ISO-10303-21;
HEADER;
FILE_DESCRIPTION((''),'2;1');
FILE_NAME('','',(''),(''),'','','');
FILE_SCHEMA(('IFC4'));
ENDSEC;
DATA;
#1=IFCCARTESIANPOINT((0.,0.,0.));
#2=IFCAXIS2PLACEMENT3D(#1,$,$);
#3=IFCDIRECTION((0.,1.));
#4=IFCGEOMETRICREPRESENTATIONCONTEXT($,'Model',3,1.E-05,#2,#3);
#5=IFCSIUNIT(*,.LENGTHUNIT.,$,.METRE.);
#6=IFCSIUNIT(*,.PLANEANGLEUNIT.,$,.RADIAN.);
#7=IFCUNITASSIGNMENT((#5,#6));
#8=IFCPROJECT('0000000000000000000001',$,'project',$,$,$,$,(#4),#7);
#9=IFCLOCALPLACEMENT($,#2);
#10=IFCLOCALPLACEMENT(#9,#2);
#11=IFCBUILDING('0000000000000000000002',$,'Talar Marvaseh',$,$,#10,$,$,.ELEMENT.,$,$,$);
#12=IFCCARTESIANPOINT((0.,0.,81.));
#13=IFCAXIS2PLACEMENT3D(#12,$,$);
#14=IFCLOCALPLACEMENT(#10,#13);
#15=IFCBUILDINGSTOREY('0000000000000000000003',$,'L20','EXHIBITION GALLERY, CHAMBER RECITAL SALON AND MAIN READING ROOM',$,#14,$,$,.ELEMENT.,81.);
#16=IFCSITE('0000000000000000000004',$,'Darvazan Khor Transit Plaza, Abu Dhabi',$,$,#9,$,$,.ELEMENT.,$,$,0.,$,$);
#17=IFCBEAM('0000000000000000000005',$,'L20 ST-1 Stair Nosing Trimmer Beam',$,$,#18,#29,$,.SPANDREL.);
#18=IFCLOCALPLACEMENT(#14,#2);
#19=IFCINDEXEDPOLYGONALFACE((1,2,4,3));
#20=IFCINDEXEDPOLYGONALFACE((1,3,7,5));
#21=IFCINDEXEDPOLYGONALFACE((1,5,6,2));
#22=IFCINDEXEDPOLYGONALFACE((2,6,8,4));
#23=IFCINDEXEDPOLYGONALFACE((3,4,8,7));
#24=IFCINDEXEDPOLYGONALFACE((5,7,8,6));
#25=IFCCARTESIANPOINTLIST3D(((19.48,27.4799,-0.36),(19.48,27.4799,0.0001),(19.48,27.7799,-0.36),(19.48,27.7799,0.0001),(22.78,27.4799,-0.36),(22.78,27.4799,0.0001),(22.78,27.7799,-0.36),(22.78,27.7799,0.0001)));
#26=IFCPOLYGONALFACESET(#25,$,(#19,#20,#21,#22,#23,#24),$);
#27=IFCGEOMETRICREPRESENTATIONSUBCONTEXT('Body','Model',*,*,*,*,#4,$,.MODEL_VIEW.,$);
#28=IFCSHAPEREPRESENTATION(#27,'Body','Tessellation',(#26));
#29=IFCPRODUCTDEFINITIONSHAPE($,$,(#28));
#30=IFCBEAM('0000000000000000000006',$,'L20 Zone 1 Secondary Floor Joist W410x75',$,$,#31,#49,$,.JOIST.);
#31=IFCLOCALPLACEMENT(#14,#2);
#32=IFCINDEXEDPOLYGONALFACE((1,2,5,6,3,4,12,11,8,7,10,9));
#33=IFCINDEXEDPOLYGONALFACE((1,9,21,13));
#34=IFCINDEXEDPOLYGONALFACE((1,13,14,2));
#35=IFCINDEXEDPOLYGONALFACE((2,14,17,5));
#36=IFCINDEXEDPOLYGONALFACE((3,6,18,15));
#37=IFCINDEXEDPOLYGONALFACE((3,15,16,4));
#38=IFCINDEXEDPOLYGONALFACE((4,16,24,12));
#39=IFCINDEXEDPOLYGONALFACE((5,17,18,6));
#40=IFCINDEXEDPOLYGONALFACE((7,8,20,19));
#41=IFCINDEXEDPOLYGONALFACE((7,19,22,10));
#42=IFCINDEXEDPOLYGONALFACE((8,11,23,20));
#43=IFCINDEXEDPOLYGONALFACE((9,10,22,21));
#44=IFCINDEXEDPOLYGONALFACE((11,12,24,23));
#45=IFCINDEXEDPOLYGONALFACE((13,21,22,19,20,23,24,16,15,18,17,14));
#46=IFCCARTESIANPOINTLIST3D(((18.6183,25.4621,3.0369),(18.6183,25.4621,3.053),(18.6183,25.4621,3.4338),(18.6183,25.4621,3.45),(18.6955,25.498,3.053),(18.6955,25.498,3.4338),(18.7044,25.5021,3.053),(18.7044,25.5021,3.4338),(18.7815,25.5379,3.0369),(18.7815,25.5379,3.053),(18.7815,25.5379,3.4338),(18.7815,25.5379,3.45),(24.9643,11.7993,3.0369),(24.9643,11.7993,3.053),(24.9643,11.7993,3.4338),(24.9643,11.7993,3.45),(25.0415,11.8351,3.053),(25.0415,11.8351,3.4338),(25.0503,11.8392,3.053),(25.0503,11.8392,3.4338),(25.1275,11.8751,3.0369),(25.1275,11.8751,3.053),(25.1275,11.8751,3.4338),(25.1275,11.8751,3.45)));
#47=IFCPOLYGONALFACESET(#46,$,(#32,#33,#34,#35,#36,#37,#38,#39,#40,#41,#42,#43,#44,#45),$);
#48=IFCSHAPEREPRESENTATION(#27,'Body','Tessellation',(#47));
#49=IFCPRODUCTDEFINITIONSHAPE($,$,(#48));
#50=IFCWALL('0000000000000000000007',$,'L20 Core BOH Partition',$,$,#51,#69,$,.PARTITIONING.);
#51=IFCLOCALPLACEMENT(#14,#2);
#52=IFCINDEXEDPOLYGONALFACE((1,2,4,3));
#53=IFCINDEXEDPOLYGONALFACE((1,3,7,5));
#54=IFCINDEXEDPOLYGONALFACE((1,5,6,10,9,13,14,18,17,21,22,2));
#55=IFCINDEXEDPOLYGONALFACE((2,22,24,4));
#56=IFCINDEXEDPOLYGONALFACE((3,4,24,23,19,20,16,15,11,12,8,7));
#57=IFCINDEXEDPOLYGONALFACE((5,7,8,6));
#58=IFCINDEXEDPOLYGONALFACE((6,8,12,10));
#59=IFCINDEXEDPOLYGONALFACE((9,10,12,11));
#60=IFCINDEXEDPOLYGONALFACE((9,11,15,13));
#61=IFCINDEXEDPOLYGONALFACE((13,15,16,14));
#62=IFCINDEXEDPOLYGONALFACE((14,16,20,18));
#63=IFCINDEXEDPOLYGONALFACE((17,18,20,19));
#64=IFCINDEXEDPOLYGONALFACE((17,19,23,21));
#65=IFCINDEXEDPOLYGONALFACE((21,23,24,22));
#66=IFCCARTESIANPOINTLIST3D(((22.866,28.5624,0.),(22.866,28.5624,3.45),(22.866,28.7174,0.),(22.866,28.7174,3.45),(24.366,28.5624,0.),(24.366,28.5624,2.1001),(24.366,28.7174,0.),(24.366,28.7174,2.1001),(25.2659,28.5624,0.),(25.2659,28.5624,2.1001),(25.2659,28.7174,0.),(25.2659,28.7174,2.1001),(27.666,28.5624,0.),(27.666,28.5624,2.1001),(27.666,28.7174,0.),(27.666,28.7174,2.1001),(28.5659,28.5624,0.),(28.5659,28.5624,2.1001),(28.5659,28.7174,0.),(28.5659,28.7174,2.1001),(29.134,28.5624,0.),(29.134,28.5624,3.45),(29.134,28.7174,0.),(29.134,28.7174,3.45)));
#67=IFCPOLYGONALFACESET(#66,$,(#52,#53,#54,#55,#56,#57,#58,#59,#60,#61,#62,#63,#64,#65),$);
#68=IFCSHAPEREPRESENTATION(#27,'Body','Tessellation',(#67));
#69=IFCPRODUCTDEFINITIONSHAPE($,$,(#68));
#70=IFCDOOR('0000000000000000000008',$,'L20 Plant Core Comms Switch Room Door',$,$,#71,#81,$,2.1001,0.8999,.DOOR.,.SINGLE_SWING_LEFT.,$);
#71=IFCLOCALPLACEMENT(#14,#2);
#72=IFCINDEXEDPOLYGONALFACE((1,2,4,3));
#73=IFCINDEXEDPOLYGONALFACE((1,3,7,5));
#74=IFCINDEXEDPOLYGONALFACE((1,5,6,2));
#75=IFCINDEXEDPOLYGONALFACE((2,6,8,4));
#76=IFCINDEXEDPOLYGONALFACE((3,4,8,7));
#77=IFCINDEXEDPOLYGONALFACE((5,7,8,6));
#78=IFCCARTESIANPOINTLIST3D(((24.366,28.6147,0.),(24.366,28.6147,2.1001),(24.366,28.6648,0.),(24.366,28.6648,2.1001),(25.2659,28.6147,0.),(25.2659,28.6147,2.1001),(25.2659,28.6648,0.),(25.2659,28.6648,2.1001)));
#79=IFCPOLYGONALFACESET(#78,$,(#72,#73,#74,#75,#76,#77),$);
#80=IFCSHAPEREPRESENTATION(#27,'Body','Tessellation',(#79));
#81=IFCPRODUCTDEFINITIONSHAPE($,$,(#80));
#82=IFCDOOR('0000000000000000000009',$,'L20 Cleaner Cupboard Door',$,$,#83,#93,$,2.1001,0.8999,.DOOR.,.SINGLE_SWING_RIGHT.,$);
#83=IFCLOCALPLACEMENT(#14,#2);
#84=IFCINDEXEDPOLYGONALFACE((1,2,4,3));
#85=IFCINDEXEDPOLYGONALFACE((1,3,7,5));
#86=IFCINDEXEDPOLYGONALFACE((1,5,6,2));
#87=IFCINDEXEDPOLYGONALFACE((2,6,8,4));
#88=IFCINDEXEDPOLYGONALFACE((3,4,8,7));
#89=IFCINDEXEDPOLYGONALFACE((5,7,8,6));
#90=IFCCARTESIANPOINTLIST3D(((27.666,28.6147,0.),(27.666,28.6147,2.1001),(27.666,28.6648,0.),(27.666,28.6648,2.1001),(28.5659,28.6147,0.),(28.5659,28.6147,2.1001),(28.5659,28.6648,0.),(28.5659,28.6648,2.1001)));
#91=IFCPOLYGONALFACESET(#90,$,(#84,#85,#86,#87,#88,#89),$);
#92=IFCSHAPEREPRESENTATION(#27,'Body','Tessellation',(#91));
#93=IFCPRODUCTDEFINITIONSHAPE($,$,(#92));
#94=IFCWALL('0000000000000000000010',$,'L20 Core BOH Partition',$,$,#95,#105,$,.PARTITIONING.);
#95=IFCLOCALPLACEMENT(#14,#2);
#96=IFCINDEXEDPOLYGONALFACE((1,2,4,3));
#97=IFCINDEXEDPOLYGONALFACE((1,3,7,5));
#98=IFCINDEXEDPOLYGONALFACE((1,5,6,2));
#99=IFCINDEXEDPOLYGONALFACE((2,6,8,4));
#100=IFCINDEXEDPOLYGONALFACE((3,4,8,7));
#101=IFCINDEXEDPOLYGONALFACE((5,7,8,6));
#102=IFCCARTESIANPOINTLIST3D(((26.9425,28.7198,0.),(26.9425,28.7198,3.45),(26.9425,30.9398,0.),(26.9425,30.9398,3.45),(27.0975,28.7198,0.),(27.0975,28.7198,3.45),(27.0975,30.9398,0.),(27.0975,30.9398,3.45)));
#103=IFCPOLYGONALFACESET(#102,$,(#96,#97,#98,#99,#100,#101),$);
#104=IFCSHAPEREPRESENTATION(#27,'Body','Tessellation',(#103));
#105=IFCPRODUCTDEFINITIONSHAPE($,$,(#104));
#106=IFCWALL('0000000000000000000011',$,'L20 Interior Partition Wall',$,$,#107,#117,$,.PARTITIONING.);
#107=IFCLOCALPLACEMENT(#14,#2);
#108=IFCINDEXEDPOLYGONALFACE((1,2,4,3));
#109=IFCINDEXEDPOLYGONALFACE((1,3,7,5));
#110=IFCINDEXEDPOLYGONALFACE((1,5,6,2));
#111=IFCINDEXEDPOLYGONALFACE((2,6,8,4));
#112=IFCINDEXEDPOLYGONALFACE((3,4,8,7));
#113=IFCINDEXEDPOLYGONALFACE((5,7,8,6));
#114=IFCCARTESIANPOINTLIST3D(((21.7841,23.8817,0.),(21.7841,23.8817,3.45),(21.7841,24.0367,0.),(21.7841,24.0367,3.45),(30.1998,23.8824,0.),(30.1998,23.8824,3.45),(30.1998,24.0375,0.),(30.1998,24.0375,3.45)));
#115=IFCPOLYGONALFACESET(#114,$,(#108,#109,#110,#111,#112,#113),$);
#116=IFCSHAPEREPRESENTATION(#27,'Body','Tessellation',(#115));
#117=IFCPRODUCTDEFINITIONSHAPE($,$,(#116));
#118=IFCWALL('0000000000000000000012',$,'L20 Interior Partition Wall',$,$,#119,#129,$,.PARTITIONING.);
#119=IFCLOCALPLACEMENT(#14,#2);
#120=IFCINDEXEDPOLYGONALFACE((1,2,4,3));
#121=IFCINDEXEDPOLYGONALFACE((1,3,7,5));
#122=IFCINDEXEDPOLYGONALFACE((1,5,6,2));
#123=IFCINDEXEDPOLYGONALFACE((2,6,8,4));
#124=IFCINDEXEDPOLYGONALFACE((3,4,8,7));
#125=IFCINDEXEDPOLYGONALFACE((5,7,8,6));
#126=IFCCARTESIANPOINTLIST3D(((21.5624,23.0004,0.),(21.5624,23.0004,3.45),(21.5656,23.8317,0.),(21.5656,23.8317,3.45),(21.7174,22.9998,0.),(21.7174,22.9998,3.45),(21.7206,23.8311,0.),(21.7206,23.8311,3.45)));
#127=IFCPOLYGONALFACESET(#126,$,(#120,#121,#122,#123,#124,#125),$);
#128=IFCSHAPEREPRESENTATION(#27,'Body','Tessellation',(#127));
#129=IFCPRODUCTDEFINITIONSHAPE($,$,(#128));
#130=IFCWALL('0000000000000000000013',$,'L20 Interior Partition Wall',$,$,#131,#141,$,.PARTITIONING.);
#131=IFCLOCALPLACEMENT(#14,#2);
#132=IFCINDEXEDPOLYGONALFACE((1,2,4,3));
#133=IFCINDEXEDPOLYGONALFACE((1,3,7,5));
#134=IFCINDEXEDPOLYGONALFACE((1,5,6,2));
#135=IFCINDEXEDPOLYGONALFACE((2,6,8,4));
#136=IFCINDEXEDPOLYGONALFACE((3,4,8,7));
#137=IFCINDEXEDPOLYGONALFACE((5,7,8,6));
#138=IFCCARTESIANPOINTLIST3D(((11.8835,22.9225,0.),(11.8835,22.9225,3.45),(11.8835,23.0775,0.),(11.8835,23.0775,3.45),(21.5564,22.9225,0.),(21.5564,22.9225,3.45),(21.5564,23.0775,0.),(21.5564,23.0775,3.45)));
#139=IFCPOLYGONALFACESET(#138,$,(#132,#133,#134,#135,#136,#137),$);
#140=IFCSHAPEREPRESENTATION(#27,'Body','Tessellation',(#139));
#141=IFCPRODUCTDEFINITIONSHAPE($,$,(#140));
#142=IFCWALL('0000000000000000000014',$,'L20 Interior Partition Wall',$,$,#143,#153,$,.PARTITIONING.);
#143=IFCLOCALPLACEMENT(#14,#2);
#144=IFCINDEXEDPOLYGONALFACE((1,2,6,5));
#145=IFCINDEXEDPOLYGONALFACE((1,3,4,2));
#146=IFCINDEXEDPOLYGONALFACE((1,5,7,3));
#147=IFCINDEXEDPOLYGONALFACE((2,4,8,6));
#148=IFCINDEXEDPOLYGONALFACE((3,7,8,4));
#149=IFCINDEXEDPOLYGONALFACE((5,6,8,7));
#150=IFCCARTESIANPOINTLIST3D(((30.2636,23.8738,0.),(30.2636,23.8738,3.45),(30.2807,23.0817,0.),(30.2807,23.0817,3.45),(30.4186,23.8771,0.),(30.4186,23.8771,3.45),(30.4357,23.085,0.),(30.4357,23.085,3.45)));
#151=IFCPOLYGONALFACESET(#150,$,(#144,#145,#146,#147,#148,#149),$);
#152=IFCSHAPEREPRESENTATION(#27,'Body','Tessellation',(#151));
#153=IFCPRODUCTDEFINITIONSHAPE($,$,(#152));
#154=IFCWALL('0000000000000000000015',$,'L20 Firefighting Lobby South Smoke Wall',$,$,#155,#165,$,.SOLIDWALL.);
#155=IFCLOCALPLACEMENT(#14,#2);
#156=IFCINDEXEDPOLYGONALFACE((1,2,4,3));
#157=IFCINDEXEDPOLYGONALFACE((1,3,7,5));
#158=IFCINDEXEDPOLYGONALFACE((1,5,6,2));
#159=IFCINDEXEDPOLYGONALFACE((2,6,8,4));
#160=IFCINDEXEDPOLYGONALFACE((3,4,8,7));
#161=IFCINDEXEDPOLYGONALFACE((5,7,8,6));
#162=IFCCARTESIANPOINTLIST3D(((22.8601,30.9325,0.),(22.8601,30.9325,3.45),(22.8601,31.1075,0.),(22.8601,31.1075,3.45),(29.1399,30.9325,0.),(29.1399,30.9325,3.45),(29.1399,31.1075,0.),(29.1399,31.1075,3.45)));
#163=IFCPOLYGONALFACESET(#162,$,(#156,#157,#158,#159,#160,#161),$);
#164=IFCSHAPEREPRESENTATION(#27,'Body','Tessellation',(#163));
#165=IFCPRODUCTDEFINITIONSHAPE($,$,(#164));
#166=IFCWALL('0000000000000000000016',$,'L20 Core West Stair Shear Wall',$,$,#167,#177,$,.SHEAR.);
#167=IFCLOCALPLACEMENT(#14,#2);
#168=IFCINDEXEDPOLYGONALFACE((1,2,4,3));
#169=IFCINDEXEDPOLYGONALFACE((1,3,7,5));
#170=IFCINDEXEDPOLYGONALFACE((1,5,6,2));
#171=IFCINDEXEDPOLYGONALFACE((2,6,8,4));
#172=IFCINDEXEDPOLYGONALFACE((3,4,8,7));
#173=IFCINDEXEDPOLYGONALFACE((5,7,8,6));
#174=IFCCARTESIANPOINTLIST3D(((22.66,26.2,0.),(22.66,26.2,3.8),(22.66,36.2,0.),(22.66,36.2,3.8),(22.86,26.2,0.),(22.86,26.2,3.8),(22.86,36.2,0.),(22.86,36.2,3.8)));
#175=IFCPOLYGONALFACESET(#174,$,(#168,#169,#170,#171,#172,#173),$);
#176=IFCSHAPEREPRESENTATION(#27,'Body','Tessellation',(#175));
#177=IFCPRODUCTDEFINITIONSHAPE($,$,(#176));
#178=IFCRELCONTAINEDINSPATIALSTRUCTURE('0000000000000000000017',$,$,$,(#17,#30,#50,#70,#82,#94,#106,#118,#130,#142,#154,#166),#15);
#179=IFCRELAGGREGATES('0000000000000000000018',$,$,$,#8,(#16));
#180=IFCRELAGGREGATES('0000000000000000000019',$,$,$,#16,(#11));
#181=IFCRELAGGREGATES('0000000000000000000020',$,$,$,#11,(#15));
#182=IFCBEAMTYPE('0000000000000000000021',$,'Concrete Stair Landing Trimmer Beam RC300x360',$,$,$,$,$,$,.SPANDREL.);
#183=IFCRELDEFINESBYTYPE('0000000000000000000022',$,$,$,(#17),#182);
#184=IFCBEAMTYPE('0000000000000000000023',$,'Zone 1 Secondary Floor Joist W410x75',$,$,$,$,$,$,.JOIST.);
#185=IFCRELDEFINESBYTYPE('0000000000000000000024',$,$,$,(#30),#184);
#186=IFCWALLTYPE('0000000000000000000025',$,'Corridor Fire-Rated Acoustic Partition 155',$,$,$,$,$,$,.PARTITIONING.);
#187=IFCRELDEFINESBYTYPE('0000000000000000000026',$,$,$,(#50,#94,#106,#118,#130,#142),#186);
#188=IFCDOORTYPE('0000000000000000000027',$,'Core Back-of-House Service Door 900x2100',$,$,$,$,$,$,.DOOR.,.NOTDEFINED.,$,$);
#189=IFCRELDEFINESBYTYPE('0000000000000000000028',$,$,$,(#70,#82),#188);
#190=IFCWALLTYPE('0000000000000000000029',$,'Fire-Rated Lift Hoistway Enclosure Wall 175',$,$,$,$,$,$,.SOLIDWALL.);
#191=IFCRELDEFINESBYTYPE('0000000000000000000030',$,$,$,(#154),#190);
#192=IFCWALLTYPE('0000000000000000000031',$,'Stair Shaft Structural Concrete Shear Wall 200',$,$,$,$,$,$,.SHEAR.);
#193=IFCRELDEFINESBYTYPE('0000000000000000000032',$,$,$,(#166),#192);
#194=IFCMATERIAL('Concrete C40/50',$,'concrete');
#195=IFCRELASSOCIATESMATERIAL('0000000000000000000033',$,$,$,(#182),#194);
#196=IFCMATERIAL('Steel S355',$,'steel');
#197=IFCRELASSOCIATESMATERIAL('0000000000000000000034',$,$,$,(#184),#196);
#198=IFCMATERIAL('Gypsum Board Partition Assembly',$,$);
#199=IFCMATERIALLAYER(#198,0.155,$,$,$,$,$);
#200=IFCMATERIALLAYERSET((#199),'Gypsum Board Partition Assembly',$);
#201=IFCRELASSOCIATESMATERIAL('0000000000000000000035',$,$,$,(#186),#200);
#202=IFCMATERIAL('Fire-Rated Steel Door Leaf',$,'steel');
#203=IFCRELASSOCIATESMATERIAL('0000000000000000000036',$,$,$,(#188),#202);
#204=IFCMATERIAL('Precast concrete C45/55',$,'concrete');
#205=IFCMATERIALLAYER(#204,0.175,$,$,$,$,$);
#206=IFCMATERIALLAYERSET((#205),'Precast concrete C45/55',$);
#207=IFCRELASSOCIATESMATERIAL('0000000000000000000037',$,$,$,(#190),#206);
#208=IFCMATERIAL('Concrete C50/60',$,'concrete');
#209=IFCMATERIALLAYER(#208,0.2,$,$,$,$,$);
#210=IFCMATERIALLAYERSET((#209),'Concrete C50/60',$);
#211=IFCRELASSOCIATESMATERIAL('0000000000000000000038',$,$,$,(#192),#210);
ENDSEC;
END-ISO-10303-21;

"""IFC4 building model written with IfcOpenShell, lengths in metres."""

from ifc_helpers import new_model, si_unit, direction, frame, frame_2d, origin, origin_2d, place, context, subcontext, project, spatial, rectangle, i_section, extrude, source, transform, mapped, material, layer, layer_set, material_profile, profile_set, type_object, type_shapes, element, fill, save


model = new_model("IFC4")

# Units and contexts
model_context = context("Model", 3, precision=1e-05, world=origin(), true_north=direction((0.0, 1.0)))
body_context = subcontext(model_context, "Body", "Model", "MODEL_VIEW")
ifc_project = project(units=[si_unit("LENGTHUNIT", "METRE"), si_unit("PLANEANGLEUNIT", "RADIAN")], contexts=[model_context])

# Site, building, storey
site_placement = place(None, origin())
site = spatial("IfcSite", under=ifc_project, at=site_placement, Name="Darvazan Khor Transit Plaza, Abu Dhabi", CompositionType="ELEMENT", RefElevation=0.0)
building_placement = place(site_placement, origin())
building = spatial("IfcBuilding", under=site, at=building_placement, Name="Talar Marvaseh", CompositionType="ELEMENT")
storey_placement = place(building_placement, frame((0.0, 0.0, 81.0)))
storey = spatial("IfcBuildingStorey", under=building, at=storey_placement, Name="L20", Description="EXHIBITION GALLERY, CHAMBER RECITAL SALON AND MAIN READING ROOM", CompositionType="ELEMENT", Elevation=81.0)

# Beams
ifc_material_1 = material(Name="Concrete C40/50", Category="concrete")
ifc_material_profile_1 = material_profile(ifc_material_1, rectangle(XDim=0.3, YDim=0.3601, at=origin_2d()), Name="RC300x360")
ifc_profile_set_1 = profile_set([ifc_material_profile_1], Name="Concrete C40/50")
beam_type_1 = type_object("IfcBeamType", Name="Concrete Stair Landing Trimmer Beam RC300x360", PredefinedType="SPANDREL", material=ifc_profile_set_1)
beam_1_placement = place(storey_placement, frame((22.78, 27.6299, -0.1799), z_axis=(-1.0, 0.0, 0.0), x_axis=(0.0, -1.0, 0.0)))
element("IfcBeam", 1, at=beam_1_placement, inside=storey, type_object=beam_type_1, Name="L20 ST-1 Stair Nosing Trimmer Beam", PredefinedType="SPANDREL", context=body_context, shape_type="SweptSolid", body=[
    extrude(rectangle(XDim=0.3, YDim=0.3601, at=origin_2d()), origin(), (0.0, 0.0, 1.0), 3.3),
])
ifc_material_2 = material(Name="Steel S355", Category="steel")
ifc_material_profile_2 = material_profile(ifc_material_2, i_section(OverallWidth=0.1799, OverallDepth=0.4131, WebThickness=0.0098, FlangeThickness=0.0161, at=origin_2d()), Name="W410x75")
ifc_profile_set_2 = profile_set([ifc_material_profile_2], Name="Steel S355")
beam_type_2 = type_object("IfcBeamType", Name="Zone 1 Secondary Floor Joist W410x75", PredefinedType="JOIST", material=ifc_profile_set_2)
beam_2_placement = place(storey_placement, frame((25.0459, 11.8372, 3.2434), z_axis=(-0.421247, 0.906946, 0.0), x_axis=(-0.906946, -0.421247, 0.0)))
element("IfcBeam", 2, at=beam_2_placement, inside=storey, type_object=beam_type_2, Name="L20 Zone 1 Secondary Floor Joist W410x75", PredefinedType="JOIST", context=body_context, shape_type="SweptSolid", body=[
    extrude(i_section(OverallWidth=0.1799, OverallDepth=0.4131, WebThickness=0.0098, FlangeThickness=0.0161, at=origin_2d()), origin(), (0.0, 0.0, 1.0), 15.0647),
])

# Wall, openings, doors
ifc_material_3 = material(Name="Gypsum Board Partition Assembly")
ifc_layer_1 = layer(ifc_material_3, 0.155)
ifc_layer_set_1 = layer_set([ifc_layer_1], Name="Gypsum Board Partition Assembly")
wall_type_1 = type_object("IfcWallType", Name="Corridor Fire-Rated Acoustic Partition 155", PredefinedType="PARTITIONING", material=ifc_layer_set_1)
wall_1_placement = place(storey_placement, frame((22.866, 28.6399, 0.0), z_axis=(0.0, 0.0, 1.0), x_axis=(1.0, 0.0, 0.0)))
wall_1 = element("IfcWall", 3, at=wall_1_placement, inside=storey, type_object=wall_type_1, Name="L20 Core BOH Partition", PredefinedType="PARTITIONING", context=body_context, shape_type="SweptSolid", body=[
    extrude(rectangle(XDim=6.2681, YDim=0.155, at=frame_2d((3.134, 0.0))), origin(), (0.0, 0.0, 1.0), 3.45),
])
opening_1_placement = place(wall_1_placement, frame((1.5, 0.0, 0.0)))
opening_1 = element("IfcOpeningElement", 4, at=opening_1_placement, cuts=wall_1, PredefinedType="OPENING", context=body_context, shape_type="SweptSolid", body=[
    extrude(rectangle(XDim=0.8999, YDim=2.1001, at=frame_2d((0.45, 1.05))), frame((0.0, 0.0874, 0.0), z_axis=(0.0, -1.0, 0.0), x_axis=(1.0, 0.0, 0.0)), (0.0, 0.0, 1.0), 0.175),
])
opening_2_placement = place(wall_1_placement, frame((4.8, 0.0, 0.0)))
opening_2 = element("IfcOpeningElement", 5, at=opening_2_placement, cuts=wall_1, PredefinedType="OPENING", context=body_context, shape_type="SweptSolid", body=[
    extrude(rectangle(XDim=0.8999, YDim=2.1001, at=frame_2d((0.45, 1.05))), frame((0.0, 0.0874, 0.0), z_axis=(0.0, -1.0, 0.0), x_axis=(1.0, 0.0, 0.0)), (0.0, 0.0, 1.0), 0.175),
])
ifc_material_4 = material(Name="Fire-Rated Steel Door Leaf", Category="steel")
door_type_1 = type_object("IfcDoorType", Name="Core Back-of-House Service Door 900x2100", OperationType="NOTDEFINED", PredefinedType="DOOR", material=ifc_material_4)
shared_shape_1 = source(origin(), body_context, "Body", "SweptSolid", [
    extrude(rectangle(XDim=0.8999, YDim=2.1001, at=frame_2d((0.45, 1.05))), frame((0.0, 0.0249, 0.0), z_axis=(0.0, -1.0, 0.0), x_axis=(1.0, 0.0, 0.0)), (0.0, 0.0, 1.0), 0.05),
])
type_shapes(door_type_1, [shared_shape_1])
door_1_placement = place(opening_1_placement, origin())
door_1 = element("IfcDoor", 6, at=door_1_placement, inside=storey, type_object=door_type_1, Name="L20 Plant Core Comms Switch Room Door", OperationType="SINGLE_SWING_LEFT", OverallHeight=2.1001, OverallWidth=0.8999, PredefinedType="DOOR", context=body_context, shape_type="MappedRepresentation", body=[
    mapped(shared_shape_1, transform((0.0, 0.0, 0.0), x_axis=(1.0, 0.0, 0.0), y_axis=(0.0, 1.0, 0.0), z_axis=(0.0, 0.0, 1.0), scale=1.0)),
])
fill(opening_1, door_1)
door_2_placement = place(opening_2_placement, origin())
door_2 = element("IfcDoor", 7, at=door_2_placement, inside=storey, type_object=door_type_1, Name="L20 Cleaner Cupboard Door", OperationType="SINGLE_SWING_RIGHT", OverallHeight=2.1001, OverallWidth=0.8999, PredefinedType="DOOR", context=body_context, shape_type="MappedRepresentation", body=[
    mapped(shared_shape_1, transform((0.0, 0.0, 0.0), x_axis=(1.0, 0.0, 0.0), y_axis=(0.0, 1.0, 0.0), z_axis=(0.0, 0.0, 1.0), scale=1.0)),
])
fill(opening_2, door_2)

# Walls
wall_2_placement = place(storey_placement, frame((27.02, 28.72, 0.0), z_axis=(0.0, 0.0, 1.0), x_axis=(0.0, 1.0, 0.0)))
element("IfcWall", 8, at=wall_2_placement, inside=storey, type_object=wall_type_1, Name="L20 Core BOH Partition", PredefinedType="PARTITIONING", context=body_context, shape_type="SweptSolid", body=[
    extrude(rectangle(XDim=2.22, YDim=0.155, at=frame_2d((1.1099, 0.0))), origin(), (0.0, 0.0, 1.0), 3.45),
])
wall_3_placement = place(storey_placement, frame((30.2, 23.96, 0.0), z_axis=(0.0, 0.0, 1.0), x_axis=(-1.0, -0.000087, 0.0)))
element("IfcWall", 9, at=wall_3_placement, inside=storey, type_object=wall_type_1, Name="L20 Interior Partition Wall", PredefinedType="PARTITIONING", context=body_context, shape_type="SweptSolid", body=[
    extrude(rectangle(XDim=8.4158, YDim=0.155, at=frame_2d((4.208, 0.0))), origin(), (0.0, 0.0, 1.0), 3.45),
])
wall_4_placement = place(storey_placement, frame((21.6431, 23.8313, 0.0), z_axis=(0.0, 0.0, 1.0), x_axis=(-0.003818, -0.999993, 0.0)))
element("IfcWall", 10, at=wall_4_placement, inside=storey, type_object=wall_type_1, Name="L20 Interior Partition Wall", PredefinedType="PARTITIONING", context=body_context, shape_type="SweptSolid", body=[
    extrude(rectangle(XDim=0.8313, YDim=0.155, at=frame_2d((0.4155, 0.0))), origin(), (0.0, 0.0, 1.0), 3.45),
])
wall_5_placement = place(storey_placement, frame((21.5564, 23.0, 0.0), z_axis=(0.0, 0.0, 1.0), x_axis=(-1.0, 0.0, 0.0)))
element("IfcWall", 11, at=wall_5_placement, inside=storey, type_object=wall_type_1, Name="L20 Interior Partition Wall", PredefinedType="PARTITIONING", context=body_context, shape_type="SweptSolid", body=[
    extrude(rectangle(XDim=9.6729, YDim=0.155, at=frame_2d((4.8364, 0.0))), origin(), (0.0, 0.0, 1.0), 3.45),
])
wall_6_placement = place(storey_placement, frame((30.3582, 23.0835, 0.0), z_axis=(0.0, 0.0, 1.0), x_axis=(-0.021573, 0.999767, 0.0)))
element("IfcWall", 12, at=wall_6_placement, inside=storey, type_object=wall_type_1, Name="L20 Interior Partition Wall", PredefinedType="PARTITIONING", context=body_context, shape_type="SweptSolid", body=[
    extrude(rectangle(XDim=0.7922, YDim=0.155, at=frame_2d((0.396, 0.0))), origin(), (0.0, 0.0, 1.0), 3.45),
])
ifc_material_5 = material(Name="Precast concrete C45/55", Category="concrete")
ifc_layer_2 = layer(ifc_material_5, 0.175)
ifc_layer_set_2 = layer_set([ifc_layer_2], Name="Precast concrete C45/55")
wall_type_2 = type_object("IfcWallType", Name="Fire-Rated Lift Hoistway Enclosure Wall 175", PredefinedType="SOLIDWALL", material=ifc_layer_set_2)
wall_7_placement = place(storey_placement, frame((22.8601, 31.02, 0.0), z_axis=(0.0, 0.0, 1.0), x_axis=(1.0, 0.0, 0.0)))
element("IfcWall", 13, at=wall_7_placement, inside=storey, type_object=wall_type_2, Name="L20 Firefighting Lobby South Smoke Wall", PredefinedType="SOLIDWALL", context=body_context, shape_type="SweptSolid", body=[
    extrude(rectangle(XDim=6.2798, YDim=0.175, at=frame_2d((3.1399, 0.0))), origin(), (0.0, 0.0, 1.0), 3.45),
])
ifc_material_6 = material(Name="Concrete C50/60", Category="concrete")
ifc_layer_3 = layer(ifc_material_6, 0.2)
ifc_layer_set_3 = layer_set([ifc_layer_3], Name="Concrete C50/60")
wall_type_3 = type_object("IfcWallType", Name="Stair Shaft Structural Concrete Shear Wall 200", PredefinedType="SHEAR", material=ifc_layer_set_3)
wall_8_placement = place(storey_placement, frame((22.76, 26.2, 0.0), z_axis=(0.0, 0.0, 1.0), x_axis=(0.0, 1.0, 0.0)))
element("IfcWall", 14, at=wall_8_placement, inside=storey, type_object=wall_type_3, Name="L20 Core West Stair Shear Wall", PredefinedType="SHEAR", context=body_context, shape_type="SweptSolid", body=[
    extrude(rectangle(XDim=10.0, YDim=0.2, at=frame_2d((5.0, 0.0))), origin(), (0.0, 0.0, 1.0), 3.8),
])

save(model, "model.ifc")
